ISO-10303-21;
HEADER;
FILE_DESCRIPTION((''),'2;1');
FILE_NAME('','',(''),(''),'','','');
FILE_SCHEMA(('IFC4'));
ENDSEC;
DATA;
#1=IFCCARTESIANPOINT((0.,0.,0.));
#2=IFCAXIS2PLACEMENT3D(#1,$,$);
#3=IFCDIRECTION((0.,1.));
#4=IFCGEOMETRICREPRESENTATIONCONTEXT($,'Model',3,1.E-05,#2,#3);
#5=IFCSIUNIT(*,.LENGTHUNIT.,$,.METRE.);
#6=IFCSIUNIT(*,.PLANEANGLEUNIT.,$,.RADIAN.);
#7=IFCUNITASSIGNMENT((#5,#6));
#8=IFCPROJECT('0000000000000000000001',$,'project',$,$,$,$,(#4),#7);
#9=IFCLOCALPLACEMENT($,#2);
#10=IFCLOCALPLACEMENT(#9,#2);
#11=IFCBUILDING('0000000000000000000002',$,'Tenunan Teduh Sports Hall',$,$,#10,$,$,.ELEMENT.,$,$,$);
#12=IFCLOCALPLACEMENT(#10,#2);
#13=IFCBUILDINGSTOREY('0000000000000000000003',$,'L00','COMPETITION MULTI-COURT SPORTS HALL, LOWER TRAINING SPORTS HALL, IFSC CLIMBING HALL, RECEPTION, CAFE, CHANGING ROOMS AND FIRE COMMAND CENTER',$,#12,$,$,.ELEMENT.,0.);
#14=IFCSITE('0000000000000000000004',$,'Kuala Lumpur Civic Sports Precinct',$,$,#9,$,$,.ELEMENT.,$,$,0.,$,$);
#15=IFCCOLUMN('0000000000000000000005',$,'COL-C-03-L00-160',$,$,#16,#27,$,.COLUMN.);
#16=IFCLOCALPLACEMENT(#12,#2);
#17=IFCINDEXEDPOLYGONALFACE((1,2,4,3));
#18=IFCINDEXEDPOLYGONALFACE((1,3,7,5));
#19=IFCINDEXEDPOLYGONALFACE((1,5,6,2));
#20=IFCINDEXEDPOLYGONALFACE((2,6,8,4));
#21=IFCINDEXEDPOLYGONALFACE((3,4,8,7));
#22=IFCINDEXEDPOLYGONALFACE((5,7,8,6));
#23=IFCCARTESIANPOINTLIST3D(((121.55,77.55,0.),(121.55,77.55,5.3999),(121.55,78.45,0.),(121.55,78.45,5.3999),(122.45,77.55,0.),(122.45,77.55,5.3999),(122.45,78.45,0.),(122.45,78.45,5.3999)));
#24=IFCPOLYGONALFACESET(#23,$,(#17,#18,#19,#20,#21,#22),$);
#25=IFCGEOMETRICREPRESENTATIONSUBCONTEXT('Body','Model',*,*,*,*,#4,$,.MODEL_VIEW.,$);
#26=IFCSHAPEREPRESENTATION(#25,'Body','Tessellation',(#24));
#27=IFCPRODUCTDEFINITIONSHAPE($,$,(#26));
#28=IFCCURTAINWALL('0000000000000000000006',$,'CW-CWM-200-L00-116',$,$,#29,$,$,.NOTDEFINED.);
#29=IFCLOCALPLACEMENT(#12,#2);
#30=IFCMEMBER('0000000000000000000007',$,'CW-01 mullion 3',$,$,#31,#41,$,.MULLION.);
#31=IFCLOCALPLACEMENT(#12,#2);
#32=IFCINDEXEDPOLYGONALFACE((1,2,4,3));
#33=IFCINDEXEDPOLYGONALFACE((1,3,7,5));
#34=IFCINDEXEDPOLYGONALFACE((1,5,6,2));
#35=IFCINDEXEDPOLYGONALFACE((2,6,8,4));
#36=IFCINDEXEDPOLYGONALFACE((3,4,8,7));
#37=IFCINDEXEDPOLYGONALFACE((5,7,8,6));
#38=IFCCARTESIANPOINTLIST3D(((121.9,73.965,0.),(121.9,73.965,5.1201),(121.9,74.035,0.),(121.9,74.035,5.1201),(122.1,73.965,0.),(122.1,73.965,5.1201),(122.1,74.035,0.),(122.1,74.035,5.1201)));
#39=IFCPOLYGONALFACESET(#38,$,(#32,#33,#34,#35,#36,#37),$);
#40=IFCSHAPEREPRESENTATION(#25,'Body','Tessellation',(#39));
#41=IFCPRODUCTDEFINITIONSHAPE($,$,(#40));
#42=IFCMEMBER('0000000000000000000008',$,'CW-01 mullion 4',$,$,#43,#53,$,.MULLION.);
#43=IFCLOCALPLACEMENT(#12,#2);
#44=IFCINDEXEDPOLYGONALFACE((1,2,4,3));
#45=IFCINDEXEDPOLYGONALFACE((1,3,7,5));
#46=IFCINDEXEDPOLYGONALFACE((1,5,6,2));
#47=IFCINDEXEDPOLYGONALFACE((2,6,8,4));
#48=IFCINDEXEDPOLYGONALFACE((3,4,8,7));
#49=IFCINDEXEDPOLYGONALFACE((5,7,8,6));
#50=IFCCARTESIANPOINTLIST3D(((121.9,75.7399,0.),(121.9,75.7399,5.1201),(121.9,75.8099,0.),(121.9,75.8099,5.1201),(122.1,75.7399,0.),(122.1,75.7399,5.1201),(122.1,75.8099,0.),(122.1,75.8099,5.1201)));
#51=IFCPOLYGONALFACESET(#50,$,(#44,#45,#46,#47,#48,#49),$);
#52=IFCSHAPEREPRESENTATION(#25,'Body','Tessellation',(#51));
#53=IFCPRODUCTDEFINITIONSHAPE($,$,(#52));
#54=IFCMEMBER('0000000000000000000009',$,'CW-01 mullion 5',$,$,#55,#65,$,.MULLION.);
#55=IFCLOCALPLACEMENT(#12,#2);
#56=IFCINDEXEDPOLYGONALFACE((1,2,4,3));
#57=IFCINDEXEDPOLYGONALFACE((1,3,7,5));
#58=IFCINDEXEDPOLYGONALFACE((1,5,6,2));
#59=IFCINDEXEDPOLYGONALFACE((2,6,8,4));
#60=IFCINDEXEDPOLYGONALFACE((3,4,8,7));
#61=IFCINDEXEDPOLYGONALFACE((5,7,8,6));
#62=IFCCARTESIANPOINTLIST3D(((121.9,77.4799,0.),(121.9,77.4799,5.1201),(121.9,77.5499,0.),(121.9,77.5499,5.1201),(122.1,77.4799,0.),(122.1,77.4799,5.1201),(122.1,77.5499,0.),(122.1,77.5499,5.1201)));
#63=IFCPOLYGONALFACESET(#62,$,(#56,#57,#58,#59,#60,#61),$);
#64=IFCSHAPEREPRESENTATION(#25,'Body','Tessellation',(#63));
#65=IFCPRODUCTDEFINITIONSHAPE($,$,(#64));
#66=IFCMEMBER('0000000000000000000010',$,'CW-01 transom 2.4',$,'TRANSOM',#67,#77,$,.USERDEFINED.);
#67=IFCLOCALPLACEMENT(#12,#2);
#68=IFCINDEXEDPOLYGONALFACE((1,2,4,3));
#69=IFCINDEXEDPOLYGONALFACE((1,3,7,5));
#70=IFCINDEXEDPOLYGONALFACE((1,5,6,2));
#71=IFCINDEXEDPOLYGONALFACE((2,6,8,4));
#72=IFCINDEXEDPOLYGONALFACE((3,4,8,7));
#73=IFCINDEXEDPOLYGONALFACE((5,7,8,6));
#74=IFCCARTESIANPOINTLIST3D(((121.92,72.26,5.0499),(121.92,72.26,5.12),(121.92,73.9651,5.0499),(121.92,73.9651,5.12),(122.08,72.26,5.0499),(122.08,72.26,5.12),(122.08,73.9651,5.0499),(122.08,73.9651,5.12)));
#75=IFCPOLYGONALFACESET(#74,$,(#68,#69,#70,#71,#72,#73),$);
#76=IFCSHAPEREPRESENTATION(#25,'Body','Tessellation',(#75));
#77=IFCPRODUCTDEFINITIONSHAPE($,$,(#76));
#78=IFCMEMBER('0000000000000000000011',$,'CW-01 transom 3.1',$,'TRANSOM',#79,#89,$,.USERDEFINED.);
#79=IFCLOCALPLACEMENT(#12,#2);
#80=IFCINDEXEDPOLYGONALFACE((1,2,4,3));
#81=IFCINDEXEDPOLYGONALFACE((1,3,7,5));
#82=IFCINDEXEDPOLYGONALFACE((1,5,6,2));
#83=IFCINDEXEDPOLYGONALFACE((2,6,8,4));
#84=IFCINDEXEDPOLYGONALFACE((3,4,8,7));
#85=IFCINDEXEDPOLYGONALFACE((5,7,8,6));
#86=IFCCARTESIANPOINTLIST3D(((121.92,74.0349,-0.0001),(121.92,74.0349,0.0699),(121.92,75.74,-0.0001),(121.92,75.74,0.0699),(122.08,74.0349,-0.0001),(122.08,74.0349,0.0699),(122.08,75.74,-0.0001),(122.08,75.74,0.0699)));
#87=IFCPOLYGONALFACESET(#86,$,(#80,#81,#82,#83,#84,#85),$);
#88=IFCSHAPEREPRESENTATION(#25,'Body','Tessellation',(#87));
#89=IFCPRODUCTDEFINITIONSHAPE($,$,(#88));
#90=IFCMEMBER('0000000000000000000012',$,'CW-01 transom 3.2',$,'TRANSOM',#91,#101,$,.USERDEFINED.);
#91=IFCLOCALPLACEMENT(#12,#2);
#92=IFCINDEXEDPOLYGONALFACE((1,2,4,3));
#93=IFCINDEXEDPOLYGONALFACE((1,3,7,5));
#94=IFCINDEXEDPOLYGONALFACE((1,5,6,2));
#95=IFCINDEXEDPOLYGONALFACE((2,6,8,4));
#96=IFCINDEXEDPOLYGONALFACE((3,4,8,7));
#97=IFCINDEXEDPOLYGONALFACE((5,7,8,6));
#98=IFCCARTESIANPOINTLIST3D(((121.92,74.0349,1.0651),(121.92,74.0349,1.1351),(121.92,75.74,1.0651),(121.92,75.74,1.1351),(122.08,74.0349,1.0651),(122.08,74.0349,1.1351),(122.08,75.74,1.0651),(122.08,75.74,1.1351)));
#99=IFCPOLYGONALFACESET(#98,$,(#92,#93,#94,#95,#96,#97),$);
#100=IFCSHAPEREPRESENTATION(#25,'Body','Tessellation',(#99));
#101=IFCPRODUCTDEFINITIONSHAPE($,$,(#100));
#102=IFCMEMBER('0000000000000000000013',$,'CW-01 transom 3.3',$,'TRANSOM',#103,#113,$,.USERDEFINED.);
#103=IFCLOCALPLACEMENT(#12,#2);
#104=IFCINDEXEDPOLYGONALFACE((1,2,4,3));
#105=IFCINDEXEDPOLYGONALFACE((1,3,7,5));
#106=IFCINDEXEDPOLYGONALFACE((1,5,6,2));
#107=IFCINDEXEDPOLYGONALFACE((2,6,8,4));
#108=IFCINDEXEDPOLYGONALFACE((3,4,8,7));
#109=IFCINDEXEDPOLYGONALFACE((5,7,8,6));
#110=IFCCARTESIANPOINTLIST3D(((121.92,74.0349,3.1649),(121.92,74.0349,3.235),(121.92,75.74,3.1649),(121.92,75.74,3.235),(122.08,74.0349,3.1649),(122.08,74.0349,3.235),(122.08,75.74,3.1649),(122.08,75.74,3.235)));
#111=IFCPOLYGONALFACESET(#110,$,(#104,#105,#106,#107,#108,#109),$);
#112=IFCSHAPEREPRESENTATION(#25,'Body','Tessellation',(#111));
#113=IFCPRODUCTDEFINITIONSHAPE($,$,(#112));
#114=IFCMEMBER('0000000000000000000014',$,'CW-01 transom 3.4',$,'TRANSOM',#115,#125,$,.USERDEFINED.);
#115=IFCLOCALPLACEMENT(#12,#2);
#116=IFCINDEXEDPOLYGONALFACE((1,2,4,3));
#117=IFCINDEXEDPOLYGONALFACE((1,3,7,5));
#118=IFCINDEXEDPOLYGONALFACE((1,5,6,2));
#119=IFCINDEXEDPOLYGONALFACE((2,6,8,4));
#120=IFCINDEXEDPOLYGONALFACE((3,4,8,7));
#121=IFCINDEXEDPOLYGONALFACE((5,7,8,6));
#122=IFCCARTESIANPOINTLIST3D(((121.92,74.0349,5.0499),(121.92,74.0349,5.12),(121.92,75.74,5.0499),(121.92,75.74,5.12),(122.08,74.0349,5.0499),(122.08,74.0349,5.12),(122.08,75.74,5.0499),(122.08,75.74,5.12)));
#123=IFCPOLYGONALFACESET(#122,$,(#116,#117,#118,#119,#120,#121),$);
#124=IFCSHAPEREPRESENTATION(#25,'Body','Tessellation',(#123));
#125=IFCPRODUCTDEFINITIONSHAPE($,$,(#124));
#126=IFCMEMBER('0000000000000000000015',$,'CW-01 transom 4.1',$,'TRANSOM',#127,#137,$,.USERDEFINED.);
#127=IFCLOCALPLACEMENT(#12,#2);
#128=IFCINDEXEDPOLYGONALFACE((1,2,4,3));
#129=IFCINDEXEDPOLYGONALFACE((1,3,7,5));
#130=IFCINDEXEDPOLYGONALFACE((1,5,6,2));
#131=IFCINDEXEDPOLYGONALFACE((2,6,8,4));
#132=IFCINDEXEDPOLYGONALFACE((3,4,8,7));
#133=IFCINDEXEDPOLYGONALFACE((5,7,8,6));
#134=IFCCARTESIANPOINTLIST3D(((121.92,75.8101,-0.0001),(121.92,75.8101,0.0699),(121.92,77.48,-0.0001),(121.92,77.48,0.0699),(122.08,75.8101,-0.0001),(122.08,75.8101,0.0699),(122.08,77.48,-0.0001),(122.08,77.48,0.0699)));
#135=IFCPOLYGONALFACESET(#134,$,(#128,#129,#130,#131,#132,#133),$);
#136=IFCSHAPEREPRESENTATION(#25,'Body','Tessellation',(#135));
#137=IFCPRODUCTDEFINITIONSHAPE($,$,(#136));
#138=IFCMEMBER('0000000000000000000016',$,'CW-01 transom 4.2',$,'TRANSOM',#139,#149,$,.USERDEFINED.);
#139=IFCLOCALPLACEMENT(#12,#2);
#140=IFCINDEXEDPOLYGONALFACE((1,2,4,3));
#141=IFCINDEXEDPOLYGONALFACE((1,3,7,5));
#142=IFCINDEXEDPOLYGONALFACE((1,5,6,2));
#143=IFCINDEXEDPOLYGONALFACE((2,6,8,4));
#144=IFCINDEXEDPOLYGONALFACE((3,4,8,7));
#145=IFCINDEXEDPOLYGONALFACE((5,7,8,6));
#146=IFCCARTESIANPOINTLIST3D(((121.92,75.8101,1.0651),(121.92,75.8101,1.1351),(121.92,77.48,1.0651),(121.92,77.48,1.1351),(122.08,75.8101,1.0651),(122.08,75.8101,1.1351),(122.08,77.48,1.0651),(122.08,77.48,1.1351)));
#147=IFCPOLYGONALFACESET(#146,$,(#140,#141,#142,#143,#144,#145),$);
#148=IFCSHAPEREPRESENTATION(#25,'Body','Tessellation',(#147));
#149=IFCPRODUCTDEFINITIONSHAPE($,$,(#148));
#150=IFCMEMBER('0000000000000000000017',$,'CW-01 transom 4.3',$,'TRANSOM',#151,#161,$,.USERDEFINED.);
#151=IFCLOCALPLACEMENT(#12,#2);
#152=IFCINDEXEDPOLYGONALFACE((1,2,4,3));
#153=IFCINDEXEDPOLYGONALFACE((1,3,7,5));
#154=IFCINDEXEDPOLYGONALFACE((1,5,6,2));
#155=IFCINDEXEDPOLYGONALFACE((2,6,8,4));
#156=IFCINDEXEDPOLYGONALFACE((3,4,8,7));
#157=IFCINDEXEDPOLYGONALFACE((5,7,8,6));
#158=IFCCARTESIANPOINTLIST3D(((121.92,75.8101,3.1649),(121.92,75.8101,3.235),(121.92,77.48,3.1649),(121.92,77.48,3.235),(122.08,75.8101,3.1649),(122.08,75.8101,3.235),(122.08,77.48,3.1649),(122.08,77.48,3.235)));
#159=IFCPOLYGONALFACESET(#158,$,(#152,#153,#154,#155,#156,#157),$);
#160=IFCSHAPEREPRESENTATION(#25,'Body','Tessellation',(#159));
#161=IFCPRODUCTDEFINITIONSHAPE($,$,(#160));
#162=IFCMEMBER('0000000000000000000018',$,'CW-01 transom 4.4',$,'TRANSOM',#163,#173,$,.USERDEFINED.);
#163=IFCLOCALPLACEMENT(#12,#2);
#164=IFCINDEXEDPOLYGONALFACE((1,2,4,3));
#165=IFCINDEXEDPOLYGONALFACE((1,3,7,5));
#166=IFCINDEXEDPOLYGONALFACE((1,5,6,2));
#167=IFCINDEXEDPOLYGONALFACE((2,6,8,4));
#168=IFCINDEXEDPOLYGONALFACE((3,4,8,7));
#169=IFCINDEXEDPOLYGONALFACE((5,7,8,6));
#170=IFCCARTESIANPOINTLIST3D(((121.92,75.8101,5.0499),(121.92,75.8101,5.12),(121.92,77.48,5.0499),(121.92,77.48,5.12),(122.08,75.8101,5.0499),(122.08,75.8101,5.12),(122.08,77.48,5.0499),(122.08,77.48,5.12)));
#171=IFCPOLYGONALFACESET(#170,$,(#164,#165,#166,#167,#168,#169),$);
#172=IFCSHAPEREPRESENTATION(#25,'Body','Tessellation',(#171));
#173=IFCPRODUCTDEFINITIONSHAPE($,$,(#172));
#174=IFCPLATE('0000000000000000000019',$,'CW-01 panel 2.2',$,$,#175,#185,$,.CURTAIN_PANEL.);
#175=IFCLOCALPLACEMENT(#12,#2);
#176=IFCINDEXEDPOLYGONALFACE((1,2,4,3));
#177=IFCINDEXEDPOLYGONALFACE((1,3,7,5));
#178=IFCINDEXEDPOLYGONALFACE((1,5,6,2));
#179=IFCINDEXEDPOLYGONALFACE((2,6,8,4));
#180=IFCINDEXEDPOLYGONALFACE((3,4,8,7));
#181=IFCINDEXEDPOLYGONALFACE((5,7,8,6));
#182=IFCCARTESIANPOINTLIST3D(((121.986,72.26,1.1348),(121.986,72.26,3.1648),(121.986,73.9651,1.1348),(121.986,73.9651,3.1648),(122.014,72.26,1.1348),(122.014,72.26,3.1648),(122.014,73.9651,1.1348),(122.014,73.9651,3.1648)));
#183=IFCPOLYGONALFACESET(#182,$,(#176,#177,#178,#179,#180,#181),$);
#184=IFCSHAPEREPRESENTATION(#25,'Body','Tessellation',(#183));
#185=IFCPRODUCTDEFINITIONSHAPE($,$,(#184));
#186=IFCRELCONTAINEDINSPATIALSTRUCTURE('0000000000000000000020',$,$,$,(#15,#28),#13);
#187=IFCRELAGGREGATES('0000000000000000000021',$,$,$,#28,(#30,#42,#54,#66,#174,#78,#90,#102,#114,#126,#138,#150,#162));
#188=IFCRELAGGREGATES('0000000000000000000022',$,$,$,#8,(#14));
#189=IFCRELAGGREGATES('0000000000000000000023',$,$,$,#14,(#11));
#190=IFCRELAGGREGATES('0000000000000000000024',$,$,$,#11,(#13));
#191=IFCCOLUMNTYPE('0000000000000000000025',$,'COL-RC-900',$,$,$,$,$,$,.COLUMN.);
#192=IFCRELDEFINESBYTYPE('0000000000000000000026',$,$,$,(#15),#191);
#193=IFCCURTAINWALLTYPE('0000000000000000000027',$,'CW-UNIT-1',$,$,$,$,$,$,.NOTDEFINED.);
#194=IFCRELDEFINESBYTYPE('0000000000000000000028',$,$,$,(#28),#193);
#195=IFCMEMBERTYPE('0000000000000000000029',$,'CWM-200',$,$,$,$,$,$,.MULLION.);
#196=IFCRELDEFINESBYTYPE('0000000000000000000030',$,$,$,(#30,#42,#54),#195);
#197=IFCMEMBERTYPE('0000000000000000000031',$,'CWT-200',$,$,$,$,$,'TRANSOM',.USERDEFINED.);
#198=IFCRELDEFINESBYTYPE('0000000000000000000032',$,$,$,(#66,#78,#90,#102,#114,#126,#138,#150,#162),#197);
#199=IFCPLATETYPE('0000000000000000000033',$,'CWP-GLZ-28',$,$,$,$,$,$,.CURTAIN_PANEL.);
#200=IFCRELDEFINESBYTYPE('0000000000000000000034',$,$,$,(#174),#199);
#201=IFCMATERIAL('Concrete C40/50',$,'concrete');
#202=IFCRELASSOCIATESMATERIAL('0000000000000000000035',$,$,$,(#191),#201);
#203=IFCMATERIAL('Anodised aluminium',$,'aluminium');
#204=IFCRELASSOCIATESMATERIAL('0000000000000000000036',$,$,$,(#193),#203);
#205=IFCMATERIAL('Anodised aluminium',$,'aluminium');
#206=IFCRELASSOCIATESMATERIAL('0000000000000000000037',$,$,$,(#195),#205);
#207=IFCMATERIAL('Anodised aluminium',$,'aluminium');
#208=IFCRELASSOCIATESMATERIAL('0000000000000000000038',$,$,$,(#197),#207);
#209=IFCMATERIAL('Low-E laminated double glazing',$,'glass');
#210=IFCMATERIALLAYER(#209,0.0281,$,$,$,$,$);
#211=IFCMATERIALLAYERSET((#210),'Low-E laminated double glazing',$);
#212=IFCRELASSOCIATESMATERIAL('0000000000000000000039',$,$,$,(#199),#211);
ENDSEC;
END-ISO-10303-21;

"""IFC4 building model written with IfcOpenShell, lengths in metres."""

from ifc_helpers import new_model, si_unit, direction, frame, origin, origin_2d, place, context, subcontext, project, spatial, rectangle, extrude, material, layer, layer_set, material_profile, profile_set, type_object, element, aggregate, save


model = new_model("IFC4")

# Units and contexts
model_context = context("Model", 3, precision=1e-05, world=origin(), true_north=direction((0.0, 1.0)))
body_context = subcontext(model_context, "Body", "Model", "MODEL_VIEW")
ifc_project = project(units=[si_unit("LENGTHUNIT", "METRE"), si_unit("PLANEANGLEUNIT", "RADIAN")], contexts=[model_context])

# Site, building, storey
site_placement = place(None, origin())
site = spatial("IfcSite", under=ifc_project, at=site_placement, Name="Kuala Lumpur Civic Sports Precinct", CompositionType="ELEMENT", RefElevation=0.0)
building_placement = place(site_placement, origin())
building = spatial("IfcBuilding", under=site, at=building_placement, Name="Tenunan Teduh Sports Hall", CompositionType="ELEMENT")
storey_placement = place(building_placement, origin())
storey = spatial("IfcBuildingStorey", under=building, at=storey_placement, Name="L00", Description="COMPETITION MULTI-COURT SPORTS HALL, LOWER TRAINING SPORTS HALL, IFSC CLIMBING HALL, RECEPTION, CAFE, CHANGING ROOMS AND FIRE COMMAND CENTER", CompositionType="ELEMENT", Elevation=0.0)

# Column
ifc_material_1 = material(Name="Concrete C40/50", Category="concrete")
ifc_material_profile_1 = material_profile(ifc_material_1, rectangle(XDim=0.8999, YDim=0.8999, at=origin_2d()), Name="RC 900x900")
ifc_profile_set_1 = profile_set([ifc_material_profile_1], Name="Concrete C40/50")
column_type = type_object("IfcColumnType", Name="COL-RC-900", PredefinedType="COLUMN", material=ifc_profile_set_1)
column_placement = place(storey_placement, frame((122.0, 78.0, 0.0), z_axis=(0.0, 0.0, 1.0), x_axis=(1.0, 0.0, 0.0)))
element("IfcColumn", 1, at=column_placement, inside=storey, type_object=column_type, Name="COL-C-03-L00-160", PredefinedType="COLUMN", context=body_context, shape_type="SweptSolid", body=[
    extrude(rectangle(XDim=0.8999, YDim=0.8999, at=origin_2d()), origin(), (0.0, 0.0, 1.0), 5.3999),
])

# Curtain wall, members, plate
ifc_material_2 = material(Name="Anodised aluminium", Category="aluminium")
curtain_wall_type = type_object("IfcCurtainWallType", Name="CW-UNIT-1", PredefinedType="NOTDEFINED", material=ifc_material_2)
curtain_wall_placement = place(storey_placement, origin())
curtain_wall = element("IfcCurtainWall", 2, at=curtain_wall_placement, inside=storey, type_object=curtain_wall_type, Name="CW-CWM-200-L00-116", PredefinedType="NOTDEFINED")
ifc_material_3 = material(Name="Anodised aluminium", Category="aluminium")
ifc_material_profile_2 = material_profile(ifc_material_3, rectangle(XDim=0.0701, YDim=0.2, at=origin_2d()), Name="CWM 70x200")
ifc_profile_set_2 = profile_set([ifc_material_profile_2], Name="Anodised aluminium")
member_type_1 = type_object("IfcMemberType", Name="CWM-200", PredefinedType="MULLION", material=ifc_profile_set_2)
member_1_placement = place(storey_placement, frame((122.0, 74.0, 0.0), z_axis=(0.0, 0.0, 1.0), x_axis=(0.0, 1.0, 0.0)))
member_1 = element("IfcMember", 3, at=member_1_placement, type_object=member_type_1, Name="CW-01 mullion 3", PredefinedType="MULLION", context=body_context, shape_type="SweptSolid", body=[
    extrude(rectangle(XDim=0.0701, YDim=0.2, at=origin_2d()), origin(), (0.0, 0.0, 1.0), 5.1201),
])
member_2_placement = place(storey_placement, frame((122.0, 75.7749, 0.0), z_axis=(0.0, 0.0, 1.0), x_axis=(0.0, 1.0, 0.0)))
member_2 = element("IfcMember", 4, at=member_2_placement, type_object=member_type_1, Name="CW-01 mullion 4", PredefinedType="MULLION", context=body_context, shape_type="SweptSolid", body=[
    extrude(rectangle(XDim=0.0701, YDim=0.2, at=origin_2d()), origin(), (0.0, 0.0, 1.0), 5.1201),
])
member_3_placement = place(storey_placement, frame((122.0, 77.5149, 0.0), z_axis=(0.0, 0.0, 1.0), x_axis=(0.0, 1.0, 0.0)))
member_3 = element("IfcMember", 5, at=member_3_placement, type_object=member_type_1, Name="CW-01 mullion 5", PredefinedType="MULLION", context=body_context, shape_type="SweptSolid", body=[
    extrude(rectangle(XDim=0.0701, YDim=0.2, at=origin_2d()), origin(), (0.0, 0.0, 1.0), 5.1201),
])
ifc_material_4 = material(Name="Anodised aluminium", Category="aluminium")
ifc_material_profile_3 = material_profile(ifc_material_4, rectangle(XDim=0.0701, YDim=0.1599, at=origin_2d()), Name="CWT 70x160")
ifc_profile_set_3 = profile_set([ifc_material_profile_3], Name="Anodised aluminium")
member_type_2 = type_object("IfcMemberType", Name="CWT-200", ElementType="TRANSOM", PredefinedType="USERDEFINED", material=ifc_profile_set_3)
member_4_placement = place(storey_placement, frame((122.0, 72.26, 5.085), z_axis=(0.0, 1.0, 0.0), x_axis=(0.0, 0.0, 1.0)))
member_4 = element("IfcMember", 6, at=member_4_placement, type_object=member_type_2, Name="CW-01 transom 2.4", ObjectType="TRANSOM", PredefinedType="USERDEFINED", context=body_context, shape_type="SweptSolid", body=[
    extrude(rectangle(XDim=0.0701, YDim=0.1599, at=origin_2d()), origin(), (0.0, 0.0, 1.0), 1.7051),
])
member_5_placement = place(storey_placement, frame((122.0, 74.0349, 0.0349), z_axis=(0.0, 1.0, 0.0), x_axis=(0.0, 0.0, 1.0)))
member_5 = element("IfcMember", 7, at=member_5_placement, type_object=member_type_2, Name="CW-01 transom 3.1", ObjectType="TRANSOM", PredefinedType="USERDEFINED", context=body_context, shape_type="SweptSolid", body=[
    extrude(rectangle(XDim=0.0701, YDim=0.1599, at=origin_2d()), origin(), (0.0, 0.0, 1.0), 1.7051),
])
member_6_placement = place(storey_placement, frame((122.0, 74.0349, 1.1001), z_axis=(0.0, 1.0, 0.0), x_axis=(0.0, 0.0, 1.0)))
member_6 = element("IfcMember", 8, at=member_6_placement, type_object=member_type_2, Name="CW-01 transom 3.2", ObjectType="TRANSOM", PredefinedType="USERDEFINED", context=body_context, shape_type="SweptSolid", body=[
    extrude(rectangle(XDim=0.0701, YDim=0.1599, at=origin_2d()), origin(), (0.0, 0.0, 1.0), 1.7051),
])
member_7_placement = place(storey_placement, frame((122.0, 74.0349, 3.2), z_axis=(0.0, 1.0, 0.0), x_axis=(0.0, 0.0, 1.0)))
member_7 = element("IfcMember", 9, at=member_7_placement, type_object=member_type_2, Name="CW-01 transom 3.3", ObjectType="TRANSOM", PredefinedType="USERDEFINED", context=body_context, shape_type="SweptSolid", body=[
    extrude(rectangle(XDim=0.0701, YDim=0.1599, at=origin_2d()), origin(), (0.0, 0.0, 1.0), 1.7051),
])
member_8_placement = place(storey_placement, frame((122.0, 74.0349, 5.085), z_axis=(0.0, 1.0, 0.0), x_axis=(0.0, 0.0, 1.0)))
member_8 = element("IfcMember", 10, at=member_8_placement, type_object=member_type_2, Name="CW-01 transom 3.4", ObjectType="TRANSOM", PredefinedType="USERDEFINED", context=body_context, shape_type="SweptSolid", body=[
    extrude(rectangle(XDim=0.0701, YDim=0.1599, at=origin_2d()), origin(), (0.0, 0.0, 1.0), 1.7051),
])
member_9_placement = place(storey_placement, frame((122.0, 75.8101, 0.0349), z_axis=(0.0, 1.0, 0.0), x_axis=(0.0, 0.0, 1.0)))
member_9 = element("IfcMember", 11, at=member_9_placement, type_object=member_type_2, Name="CW-01 transom 4.1", ObjectType="TRANSOM", PredefinedType="USERDEFINED", context=body_context, shape_type="SweptSolid", body=[
    extrude(rectangle(XDim=0.0701, YDim=0.1599, at=origin_2d()), origin(), (0.0, 0.0, 1.0), 1.6699),
])
member_10_placement = place(storey_placement, frame((122.0, 75.8101, 1.1001), z_axis=(0.0, 1.0, 0.0), x_axis=(0.0, 0.0, 1.0)))
member_10 = element("IfcMember", 12, at=member_10_placement, type_object=member_type_2, Name="CW-01 transom 4.2", ObjectType="TRANSOM", PredefinedType="USERDEFINED", context=body_context, shape_type="SweptSolid", body=[
    extrude(rectangle(XDim=0.0701, YDim=0.1599, at=origin_2d()), origin(), (0.0, 0.0, 1.0), 1.6699),
])
member_11_placement = place(storey_placement, frame((122.0, 75.8101, 3.2), z_axis=(0.0, 1.0, 0.0), x_axis=(0.0, 0.0, 1.0)))
member_11 = element("IfcMember", 13, at=member_11_placement, type_object=member_type_2, Name="CW-01 transom 4.3", ObjectType="TRANSOM", PredefinedType="USERDEFINED", context=body_context, shape_type="SweptSolid", body=[
    extrude(rectangle(XDim=0.0701, YDim=0.1599, at=origin_2d()), origin(), (0.0, 0.0, 1.0), 1.6699),
])
member_12_placement = place(storey_placement, frame((122.0, 75.8101, 5.085), z_axis=(0.0, 1.0, 0.0), x_axis=(0.0, 0.0, 1.0)))
member_12 = element("IfcMember", 14, at=member_12_placement, type_object=member_type_2, Name="CW-01 transom 4.4", ObjectType="TRANSOM", PredefinedType="USERDEFINED", context=body_context, shape_type="SweptSolid", body=[
    extrude(rectangle(XDim=0.0701, YDim=0.1599, at=origin_2d()), origin(), (0.0, 0.0, 1.0), 1.6699),
])
ifc_material_5 = material(Name="Low-E laminated double glazing", Category="glass")
ifc_layer_1 = layer(ifc_material_5, 0.0281)
ifc_layer_set_1 = layer_set([ifc_layer_1], Name="Low-E laminated double glazing")
plate_type_1 = type_object("IfcPlateType", Name="CWP-GLZ-28", PredefinedType="CURTAIN_PANEL", material=ifc_layer_set_1)
plate_1_placement = place(storey_placement, frame((122.0, 73.1125, 1.1348), z_axis=(0.0, 0.0, 1.0), x_axis=(0.0, 1.0, 0.0)))
plate_1 = element("IfcPlate", 15, at=plate_1_placement, type_object=plate_type_1, Name="CW-01 panel 2.2", PredefinedType="CURTAIN_PANEL", context=body_context, shape_type="SweptSolid", body=[
    extrude(rectangle(XDim=1.7051, YDim=0.0281, at=origin_2d()), origin(), (0.0, 0.0, 1.0), 2.03),
])
aggregate(curtain_wall, [member_1, member_2, member_3, member_4, plate_1, member_5, member_6, member_7, member_8, member_9, member_10, member_11, member_12])

save(model, "model.ifc")
